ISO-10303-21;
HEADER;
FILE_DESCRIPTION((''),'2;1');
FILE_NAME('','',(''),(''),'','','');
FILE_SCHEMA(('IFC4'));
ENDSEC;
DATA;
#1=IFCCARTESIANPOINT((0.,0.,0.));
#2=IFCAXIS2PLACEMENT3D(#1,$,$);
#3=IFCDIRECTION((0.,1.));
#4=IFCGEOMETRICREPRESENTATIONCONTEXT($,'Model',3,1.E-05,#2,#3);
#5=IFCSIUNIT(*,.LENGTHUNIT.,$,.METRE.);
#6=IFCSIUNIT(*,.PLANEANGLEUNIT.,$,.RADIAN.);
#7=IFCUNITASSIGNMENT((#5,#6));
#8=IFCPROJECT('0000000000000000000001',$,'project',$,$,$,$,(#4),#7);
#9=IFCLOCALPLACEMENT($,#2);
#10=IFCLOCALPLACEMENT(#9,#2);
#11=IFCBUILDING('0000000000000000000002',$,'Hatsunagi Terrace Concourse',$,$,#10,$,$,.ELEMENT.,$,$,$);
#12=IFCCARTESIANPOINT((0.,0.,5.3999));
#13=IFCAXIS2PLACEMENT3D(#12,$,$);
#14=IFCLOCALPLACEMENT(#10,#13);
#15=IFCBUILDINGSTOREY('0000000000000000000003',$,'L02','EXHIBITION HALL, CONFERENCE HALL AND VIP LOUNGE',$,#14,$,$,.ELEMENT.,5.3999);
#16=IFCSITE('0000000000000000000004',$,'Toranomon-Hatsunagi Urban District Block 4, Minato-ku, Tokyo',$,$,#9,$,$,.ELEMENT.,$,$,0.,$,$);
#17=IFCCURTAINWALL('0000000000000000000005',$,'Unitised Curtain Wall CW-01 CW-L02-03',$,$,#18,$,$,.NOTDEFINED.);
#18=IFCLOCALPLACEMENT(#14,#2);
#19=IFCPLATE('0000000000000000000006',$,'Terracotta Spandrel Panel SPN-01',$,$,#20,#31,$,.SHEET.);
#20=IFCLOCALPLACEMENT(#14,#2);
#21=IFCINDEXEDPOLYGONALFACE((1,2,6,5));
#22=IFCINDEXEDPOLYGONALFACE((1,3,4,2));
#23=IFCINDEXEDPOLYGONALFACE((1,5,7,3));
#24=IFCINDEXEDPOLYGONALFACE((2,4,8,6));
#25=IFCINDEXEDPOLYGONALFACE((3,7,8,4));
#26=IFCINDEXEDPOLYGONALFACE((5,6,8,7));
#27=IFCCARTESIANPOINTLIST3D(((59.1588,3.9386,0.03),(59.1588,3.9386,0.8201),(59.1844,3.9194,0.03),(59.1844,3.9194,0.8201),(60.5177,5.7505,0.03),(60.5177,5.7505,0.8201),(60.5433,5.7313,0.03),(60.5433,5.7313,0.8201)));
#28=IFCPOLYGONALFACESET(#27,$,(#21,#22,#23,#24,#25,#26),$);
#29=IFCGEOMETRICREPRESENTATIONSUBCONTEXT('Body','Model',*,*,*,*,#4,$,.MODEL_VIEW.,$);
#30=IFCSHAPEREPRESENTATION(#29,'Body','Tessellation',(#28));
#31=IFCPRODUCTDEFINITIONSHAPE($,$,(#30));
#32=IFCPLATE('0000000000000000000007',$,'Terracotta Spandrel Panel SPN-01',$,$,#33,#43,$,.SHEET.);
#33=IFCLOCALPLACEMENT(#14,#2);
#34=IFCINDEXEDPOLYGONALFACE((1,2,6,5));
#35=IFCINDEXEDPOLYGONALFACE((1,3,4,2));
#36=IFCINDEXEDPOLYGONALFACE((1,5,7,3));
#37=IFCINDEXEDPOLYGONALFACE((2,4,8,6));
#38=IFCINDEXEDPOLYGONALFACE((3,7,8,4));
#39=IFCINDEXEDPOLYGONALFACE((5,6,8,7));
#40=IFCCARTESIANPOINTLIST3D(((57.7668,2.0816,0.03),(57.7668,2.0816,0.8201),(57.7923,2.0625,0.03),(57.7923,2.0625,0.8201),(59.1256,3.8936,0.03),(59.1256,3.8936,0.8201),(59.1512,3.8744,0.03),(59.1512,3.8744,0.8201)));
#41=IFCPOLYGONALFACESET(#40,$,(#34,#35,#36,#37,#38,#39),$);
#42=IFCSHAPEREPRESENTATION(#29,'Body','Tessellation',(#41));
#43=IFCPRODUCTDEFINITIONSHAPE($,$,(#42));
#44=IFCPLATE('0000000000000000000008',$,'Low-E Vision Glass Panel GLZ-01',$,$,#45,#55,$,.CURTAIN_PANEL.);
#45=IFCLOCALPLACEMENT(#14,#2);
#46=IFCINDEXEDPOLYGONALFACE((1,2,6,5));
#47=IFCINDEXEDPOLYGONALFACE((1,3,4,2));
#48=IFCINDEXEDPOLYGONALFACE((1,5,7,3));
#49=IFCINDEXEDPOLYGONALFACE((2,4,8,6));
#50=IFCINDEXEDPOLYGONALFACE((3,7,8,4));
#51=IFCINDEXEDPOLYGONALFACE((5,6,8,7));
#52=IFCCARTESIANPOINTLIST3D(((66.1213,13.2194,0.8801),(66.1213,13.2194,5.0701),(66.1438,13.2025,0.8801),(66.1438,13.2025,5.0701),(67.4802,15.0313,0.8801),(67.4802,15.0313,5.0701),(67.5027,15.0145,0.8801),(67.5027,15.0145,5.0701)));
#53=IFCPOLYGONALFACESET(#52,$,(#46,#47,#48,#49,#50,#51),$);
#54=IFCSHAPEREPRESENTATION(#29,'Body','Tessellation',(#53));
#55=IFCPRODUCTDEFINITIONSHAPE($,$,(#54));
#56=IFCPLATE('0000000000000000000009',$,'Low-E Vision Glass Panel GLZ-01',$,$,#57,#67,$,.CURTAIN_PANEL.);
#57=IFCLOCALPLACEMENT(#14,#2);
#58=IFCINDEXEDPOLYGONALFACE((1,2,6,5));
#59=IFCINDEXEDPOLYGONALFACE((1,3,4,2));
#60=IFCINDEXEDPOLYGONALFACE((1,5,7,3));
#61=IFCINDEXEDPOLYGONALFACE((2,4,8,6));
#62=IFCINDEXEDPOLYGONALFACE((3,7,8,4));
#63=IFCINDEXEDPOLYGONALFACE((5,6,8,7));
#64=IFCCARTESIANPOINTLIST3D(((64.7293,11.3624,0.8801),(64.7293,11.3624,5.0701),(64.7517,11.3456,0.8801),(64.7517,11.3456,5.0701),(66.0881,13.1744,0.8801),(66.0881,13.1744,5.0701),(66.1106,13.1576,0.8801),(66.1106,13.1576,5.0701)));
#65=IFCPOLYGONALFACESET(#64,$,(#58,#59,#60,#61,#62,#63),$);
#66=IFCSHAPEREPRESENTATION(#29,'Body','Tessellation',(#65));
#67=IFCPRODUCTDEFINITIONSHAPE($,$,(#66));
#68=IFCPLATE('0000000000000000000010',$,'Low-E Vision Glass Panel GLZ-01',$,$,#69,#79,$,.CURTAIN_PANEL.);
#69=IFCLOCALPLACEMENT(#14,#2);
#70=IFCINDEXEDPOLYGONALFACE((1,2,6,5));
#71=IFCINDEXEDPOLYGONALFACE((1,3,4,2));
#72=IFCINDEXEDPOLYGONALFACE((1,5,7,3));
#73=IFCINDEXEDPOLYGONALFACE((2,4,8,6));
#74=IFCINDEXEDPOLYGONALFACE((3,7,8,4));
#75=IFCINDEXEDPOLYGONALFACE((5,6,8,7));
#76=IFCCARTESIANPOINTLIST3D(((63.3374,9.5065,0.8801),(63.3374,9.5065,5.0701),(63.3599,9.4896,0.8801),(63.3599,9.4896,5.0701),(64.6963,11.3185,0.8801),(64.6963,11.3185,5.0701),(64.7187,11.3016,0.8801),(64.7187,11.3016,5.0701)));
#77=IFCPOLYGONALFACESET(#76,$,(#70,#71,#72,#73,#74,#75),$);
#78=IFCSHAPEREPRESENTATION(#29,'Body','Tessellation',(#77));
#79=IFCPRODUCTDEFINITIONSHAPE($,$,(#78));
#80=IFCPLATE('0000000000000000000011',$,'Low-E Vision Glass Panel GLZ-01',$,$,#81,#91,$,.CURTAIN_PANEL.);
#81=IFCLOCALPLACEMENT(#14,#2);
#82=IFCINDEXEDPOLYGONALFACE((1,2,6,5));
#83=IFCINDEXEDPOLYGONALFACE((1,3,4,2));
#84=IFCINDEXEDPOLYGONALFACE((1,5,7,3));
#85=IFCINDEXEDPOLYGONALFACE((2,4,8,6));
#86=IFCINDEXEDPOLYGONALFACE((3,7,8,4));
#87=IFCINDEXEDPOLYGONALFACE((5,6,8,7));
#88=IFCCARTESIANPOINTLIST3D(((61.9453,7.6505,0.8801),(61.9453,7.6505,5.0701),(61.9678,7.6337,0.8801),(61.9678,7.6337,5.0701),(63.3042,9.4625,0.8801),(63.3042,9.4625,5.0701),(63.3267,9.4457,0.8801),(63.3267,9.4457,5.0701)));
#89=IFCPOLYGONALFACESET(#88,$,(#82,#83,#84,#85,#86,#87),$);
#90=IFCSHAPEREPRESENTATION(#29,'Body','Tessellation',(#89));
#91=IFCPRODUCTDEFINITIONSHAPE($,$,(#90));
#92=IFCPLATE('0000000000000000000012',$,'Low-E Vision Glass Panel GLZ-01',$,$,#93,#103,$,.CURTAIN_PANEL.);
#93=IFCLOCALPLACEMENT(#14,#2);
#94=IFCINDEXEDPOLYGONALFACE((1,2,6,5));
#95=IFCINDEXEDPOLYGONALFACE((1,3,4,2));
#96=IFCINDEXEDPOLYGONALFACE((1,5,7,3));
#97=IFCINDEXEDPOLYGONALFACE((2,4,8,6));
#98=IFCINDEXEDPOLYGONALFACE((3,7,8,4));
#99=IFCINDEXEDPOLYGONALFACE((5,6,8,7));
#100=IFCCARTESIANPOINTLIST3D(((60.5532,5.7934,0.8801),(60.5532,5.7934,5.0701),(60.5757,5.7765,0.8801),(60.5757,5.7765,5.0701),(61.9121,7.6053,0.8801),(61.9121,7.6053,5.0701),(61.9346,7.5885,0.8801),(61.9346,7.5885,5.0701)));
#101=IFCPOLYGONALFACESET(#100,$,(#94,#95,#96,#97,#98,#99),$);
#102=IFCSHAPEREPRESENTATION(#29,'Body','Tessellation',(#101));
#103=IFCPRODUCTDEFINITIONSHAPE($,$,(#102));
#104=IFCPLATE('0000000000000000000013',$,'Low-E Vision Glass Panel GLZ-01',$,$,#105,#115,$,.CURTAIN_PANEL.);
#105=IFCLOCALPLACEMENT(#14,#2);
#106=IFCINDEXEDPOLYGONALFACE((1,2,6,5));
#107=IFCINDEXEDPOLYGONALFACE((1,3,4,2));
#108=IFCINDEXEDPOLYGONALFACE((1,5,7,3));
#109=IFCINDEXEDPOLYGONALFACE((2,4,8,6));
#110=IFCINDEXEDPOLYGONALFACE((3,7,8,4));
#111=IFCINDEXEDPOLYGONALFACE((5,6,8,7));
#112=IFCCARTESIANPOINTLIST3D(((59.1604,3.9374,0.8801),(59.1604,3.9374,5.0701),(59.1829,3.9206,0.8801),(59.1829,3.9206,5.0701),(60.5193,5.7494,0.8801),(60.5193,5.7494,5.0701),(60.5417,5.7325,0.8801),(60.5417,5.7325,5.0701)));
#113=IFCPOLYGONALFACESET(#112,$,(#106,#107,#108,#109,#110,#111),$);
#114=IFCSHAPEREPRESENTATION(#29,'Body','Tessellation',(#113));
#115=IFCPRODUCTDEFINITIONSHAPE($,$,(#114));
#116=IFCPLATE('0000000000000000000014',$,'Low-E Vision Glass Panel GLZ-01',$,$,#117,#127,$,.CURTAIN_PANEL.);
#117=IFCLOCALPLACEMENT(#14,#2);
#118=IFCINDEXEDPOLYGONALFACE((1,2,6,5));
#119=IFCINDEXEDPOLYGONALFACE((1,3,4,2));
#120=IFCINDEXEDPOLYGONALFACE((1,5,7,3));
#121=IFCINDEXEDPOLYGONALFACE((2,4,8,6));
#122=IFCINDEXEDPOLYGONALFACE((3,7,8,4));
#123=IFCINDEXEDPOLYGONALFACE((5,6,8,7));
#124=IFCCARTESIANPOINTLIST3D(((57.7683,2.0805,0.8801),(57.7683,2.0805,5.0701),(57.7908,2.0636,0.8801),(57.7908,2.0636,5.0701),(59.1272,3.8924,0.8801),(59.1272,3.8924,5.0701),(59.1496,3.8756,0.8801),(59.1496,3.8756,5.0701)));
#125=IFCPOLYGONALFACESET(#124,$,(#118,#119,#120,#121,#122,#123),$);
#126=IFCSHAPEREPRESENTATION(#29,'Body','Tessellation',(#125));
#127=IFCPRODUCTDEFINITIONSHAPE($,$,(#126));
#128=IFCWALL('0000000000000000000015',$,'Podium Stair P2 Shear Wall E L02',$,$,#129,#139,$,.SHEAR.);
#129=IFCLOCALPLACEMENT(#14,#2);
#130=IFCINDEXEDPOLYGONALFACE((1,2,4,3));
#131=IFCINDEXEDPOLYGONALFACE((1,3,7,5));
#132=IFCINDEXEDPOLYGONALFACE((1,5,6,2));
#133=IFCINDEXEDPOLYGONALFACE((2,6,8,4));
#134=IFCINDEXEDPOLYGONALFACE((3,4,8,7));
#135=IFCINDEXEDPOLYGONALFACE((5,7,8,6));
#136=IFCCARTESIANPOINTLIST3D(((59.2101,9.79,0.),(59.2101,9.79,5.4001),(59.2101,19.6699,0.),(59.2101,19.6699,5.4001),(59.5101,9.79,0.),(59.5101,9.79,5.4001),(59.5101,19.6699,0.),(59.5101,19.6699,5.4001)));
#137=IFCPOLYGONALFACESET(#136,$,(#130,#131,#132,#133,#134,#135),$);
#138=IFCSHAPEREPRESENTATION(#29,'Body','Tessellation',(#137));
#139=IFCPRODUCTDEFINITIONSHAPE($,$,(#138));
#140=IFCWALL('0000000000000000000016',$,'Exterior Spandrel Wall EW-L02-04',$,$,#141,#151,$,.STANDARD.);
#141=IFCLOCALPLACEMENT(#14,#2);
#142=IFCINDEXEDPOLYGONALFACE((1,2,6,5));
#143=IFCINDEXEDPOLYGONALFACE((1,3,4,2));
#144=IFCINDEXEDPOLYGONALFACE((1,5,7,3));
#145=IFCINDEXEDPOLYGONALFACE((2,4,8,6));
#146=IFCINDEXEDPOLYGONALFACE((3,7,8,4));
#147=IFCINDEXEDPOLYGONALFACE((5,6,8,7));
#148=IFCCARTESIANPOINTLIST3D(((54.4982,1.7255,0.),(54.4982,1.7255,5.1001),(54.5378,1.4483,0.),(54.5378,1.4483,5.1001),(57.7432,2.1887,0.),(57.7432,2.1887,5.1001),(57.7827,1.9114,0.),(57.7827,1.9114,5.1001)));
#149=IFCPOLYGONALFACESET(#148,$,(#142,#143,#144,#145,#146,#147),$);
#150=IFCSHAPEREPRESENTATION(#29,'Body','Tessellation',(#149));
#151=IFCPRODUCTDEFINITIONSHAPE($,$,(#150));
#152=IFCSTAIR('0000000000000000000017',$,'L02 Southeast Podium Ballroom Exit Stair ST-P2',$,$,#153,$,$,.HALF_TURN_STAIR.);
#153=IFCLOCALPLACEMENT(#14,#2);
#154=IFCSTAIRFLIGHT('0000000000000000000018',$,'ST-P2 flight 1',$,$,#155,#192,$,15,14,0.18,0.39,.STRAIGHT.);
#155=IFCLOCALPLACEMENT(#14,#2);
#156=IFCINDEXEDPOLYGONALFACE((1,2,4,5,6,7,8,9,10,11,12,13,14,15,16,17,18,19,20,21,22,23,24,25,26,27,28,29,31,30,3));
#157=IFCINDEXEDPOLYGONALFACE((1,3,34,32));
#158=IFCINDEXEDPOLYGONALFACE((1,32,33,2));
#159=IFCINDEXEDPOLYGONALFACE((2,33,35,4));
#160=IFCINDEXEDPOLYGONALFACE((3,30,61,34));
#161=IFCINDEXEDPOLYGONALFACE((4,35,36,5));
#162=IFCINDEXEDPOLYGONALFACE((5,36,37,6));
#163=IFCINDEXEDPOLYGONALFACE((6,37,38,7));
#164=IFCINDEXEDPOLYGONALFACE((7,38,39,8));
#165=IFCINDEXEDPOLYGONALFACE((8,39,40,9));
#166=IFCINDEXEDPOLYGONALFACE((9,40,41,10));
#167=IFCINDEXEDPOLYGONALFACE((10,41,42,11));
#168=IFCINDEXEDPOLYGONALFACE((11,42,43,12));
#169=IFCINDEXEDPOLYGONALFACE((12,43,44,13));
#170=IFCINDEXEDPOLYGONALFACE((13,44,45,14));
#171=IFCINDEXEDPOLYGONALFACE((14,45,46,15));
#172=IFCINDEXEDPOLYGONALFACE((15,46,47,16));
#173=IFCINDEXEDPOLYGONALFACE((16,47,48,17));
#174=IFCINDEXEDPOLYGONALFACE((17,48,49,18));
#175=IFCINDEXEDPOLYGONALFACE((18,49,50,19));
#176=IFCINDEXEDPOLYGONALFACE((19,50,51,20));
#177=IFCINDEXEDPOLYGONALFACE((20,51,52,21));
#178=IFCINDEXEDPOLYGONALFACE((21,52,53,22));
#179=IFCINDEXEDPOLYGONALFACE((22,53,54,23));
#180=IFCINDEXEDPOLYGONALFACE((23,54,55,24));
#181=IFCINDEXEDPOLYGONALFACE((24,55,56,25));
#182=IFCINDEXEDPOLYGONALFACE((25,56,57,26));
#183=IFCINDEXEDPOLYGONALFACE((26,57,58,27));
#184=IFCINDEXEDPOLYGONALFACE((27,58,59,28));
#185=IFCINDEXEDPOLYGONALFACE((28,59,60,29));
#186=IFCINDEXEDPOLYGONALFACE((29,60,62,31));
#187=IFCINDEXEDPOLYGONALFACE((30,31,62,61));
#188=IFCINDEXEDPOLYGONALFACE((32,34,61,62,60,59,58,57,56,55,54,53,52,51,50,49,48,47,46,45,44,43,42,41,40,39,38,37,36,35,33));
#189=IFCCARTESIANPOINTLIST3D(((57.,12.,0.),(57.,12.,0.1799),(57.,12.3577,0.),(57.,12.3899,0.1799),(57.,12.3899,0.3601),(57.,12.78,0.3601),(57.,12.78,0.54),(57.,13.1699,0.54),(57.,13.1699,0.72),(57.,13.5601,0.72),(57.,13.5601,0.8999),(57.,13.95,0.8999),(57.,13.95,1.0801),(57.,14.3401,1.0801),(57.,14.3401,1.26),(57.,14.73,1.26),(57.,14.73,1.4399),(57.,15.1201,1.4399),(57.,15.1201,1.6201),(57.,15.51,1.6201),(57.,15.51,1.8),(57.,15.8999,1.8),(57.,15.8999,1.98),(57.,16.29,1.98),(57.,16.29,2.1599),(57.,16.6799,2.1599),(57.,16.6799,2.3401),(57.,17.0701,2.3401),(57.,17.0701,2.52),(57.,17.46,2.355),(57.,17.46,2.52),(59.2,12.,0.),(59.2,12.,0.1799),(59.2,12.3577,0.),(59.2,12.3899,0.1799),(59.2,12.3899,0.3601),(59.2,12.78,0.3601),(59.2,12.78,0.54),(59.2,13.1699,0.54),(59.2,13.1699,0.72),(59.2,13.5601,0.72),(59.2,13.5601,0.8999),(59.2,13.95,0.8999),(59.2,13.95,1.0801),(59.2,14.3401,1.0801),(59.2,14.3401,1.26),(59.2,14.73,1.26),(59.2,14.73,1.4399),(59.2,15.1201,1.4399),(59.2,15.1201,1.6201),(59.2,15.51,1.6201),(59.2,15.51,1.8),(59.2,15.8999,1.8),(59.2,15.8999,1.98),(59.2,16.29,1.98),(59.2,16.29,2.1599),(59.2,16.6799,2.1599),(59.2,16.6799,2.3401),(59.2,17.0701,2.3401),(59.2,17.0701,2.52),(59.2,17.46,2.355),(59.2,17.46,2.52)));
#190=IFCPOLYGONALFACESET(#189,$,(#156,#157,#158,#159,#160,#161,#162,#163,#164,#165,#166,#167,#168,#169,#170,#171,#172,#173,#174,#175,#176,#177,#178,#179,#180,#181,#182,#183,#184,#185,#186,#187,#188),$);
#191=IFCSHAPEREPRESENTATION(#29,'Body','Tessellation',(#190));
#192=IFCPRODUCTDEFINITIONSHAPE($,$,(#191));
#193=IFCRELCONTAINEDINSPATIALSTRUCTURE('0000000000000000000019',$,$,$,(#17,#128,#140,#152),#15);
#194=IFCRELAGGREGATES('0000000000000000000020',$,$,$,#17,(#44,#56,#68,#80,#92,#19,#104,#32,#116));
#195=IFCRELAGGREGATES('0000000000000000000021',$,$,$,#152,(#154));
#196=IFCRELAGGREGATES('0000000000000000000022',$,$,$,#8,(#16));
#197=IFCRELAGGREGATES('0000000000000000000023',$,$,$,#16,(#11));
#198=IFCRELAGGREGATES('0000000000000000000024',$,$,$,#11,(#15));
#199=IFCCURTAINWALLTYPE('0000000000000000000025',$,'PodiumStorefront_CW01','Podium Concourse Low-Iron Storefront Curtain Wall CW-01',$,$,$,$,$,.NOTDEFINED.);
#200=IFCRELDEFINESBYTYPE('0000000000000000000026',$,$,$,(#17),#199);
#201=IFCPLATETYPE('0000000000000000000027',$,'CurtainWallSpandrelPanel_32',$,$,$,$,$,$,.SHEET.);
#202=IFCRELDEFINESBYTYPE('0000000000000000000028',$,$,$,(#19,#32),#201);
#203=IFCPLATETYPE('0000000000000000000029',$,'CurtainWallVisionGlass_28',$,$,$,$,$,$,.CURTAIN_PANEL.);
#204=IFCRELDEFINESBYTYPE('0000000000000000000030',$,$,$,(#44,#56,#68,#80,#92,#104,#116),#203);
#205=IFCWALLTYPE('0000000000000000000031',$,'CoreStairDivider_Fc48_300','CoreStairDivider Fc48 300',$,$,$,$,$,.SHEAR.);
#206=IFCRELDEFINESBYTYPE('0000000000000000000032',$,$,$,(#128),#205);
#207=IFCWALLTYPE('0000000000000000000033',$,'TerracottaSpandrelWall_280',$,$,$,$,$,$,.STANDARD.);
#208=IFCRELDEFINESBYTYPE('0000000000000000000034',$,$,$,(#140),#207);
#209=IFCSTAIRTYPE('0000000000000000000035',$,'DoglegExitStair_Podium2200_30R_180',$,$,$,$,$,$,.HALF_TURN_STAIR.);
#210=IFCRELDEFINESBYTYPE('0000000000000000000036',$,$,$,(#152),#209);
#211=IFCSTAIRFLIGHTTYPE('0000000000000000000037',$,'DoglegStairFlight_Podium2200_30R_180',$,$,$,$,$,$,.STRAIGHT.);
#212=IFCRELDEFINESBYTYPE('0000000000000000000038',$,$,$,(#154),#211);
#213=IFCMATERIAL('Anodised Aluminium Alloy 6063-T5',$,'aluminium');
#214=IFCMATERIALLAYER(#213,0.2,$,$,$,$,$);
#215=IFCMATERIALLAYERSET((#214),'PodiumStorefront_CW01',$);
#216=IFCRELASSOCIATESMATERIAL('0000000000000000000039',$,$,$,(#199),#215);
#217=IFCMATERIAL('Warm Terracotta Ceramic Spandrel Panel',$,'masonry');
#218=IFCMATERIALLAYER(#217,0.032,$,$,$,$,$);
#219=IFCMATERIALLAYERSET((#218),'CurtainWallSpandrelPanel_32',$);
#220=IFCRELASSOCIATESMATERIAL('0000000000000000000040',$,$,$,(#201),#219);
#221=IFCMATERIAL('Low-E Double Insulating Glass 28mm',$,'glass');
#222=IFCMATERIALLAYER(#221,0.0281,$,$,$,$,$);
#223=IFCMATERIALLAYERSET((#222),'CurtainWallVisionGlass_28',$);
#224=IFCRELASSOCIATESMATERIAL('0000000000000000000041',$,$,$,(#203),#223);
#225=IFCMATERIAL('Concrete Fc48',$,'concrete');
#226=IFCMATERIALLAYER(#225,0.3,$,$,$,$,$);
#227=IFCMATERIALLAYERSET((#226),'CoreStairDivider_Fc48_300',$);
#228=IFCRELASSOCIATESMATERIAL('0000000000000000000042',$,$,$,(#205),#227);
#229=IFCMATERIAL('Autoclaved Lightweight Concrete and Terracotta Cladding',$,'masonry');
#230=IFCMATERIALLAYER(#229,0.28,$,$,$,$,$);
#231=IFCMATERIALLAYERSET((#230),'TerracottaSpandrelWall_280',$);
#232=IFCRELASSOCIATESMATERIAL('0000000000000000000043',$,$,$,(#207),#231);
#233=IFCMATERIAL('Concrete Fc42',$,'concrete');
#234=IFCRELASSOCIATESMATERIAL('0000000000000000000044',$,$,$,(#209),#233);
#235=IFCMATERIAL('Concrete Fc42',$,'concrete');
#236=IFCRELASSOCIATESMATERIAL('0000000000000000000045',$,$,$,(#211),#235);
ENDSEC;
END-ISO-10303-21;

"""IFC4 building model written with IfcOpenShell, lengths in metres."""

from ifc_helpers import new_model, si_unit, direction, frame, frame_2d, origin, origin_2d, place, context, subcontext, project, spatial, polyline, rectangle, outline, extrude, material, layer, layer_set, type_object, element, aggregate, save


model = new_model("IFC4")

# Units and contexts
model_context = context("Model", 3, precision=1e-05, world=origin(), true_north=direction((0.0, 1.0)))
body_context = subcontext(model_context, "Body", "Model", "MODEL_VIEW")
ifc_project = project(units=[si_unit("LENGTHUNIT", "METRE"), si_unit("PLANEANGLEUNIT", "RADIAN")], contexts=[model_context])

# Site, building, storey
site_placement = place(None, origin())
site = spatial("IfcSite", under=ifc_project, at=site_placement, Name="Toranomon-Hatsunagi Urban District Block 4, Minato-ku, Tokyo", CompositionType="ELEMENT", RefElevation=0.0)
building_placement = place(site_placement, origin())
building = spatial("IfcBuilding", under=site, at=building_placement, Name="Hatsunagi Terrace Concourse", CompositionType="ELEMENT")
storey_placement = place(building_placement, frame((0.0, 0.0, 5.3999)))
storey = spatial("IfcBuildingStorey", under=building, at=storey_placement, Name="L02", Description="EXHIBITION HALL, CONFERENCE HALL AND VIP LOUNGE", CompositionType="ELEMENT", Elevation=5.3999)

# Curtain wall, plates
ifc_material_1 = material(Name="Anodised Aluminium Alloy 6063-T5", Category="aluminium")
ifc_layer_1 = layer(ifc_material_1, 0.2)
ifc_layer_set_1 = layer_set([ifc_layer_1], Name="PodiumStorefront_CW01")
curtain_wall_type = type_object("IfcCurtainWallType", Name="PodiumStorefront_CW01", Description="Podium Concourse Low-Iron Storefront Curtain Wall CW-01", PredefinedType="NOTDEFINED", material=ifc_layer_set_1)
curtain_wall_placement = place(storey_placement, origin())
curtain_wall = element("IfcCurtainWall", 1, at=curtain_wall_placement, inside=storey, type_object=curtain_wall_type, Name="Unitised Curtain Wall CW-01 CW-L02-03", PredefinedType="NOTDEFINED")
ifc_material_2 = material(Name="Warm Terracotta Ceramic Spandrel Panel", Category="masonry")
ifc_layer_2 = layer(ifc_material_2, 0.032)
ifc_layer_set_2 = layer_set([ifc_layer_2], Name="CurtainWallSpandrelPanel_32")
plate_type_1 = type_object("IfcPlateType", Name="CurtainWallSpandrelPanel_32", PredefinedType="SHEET", material=ifc_layer_set_2)
plate_1_placement = place(storey_placement, frame((59.8511, 4.835, 0.03), z_axis=(0.0, 0.0, 1.0), x_axis=(-0.599969, -0.800023, 0.0)))
plate_1 = element("IfcPlate", 2, at=plate_1_placement, type_object=plate_type_1, Name="Terracotta Spandrel Panel SPN-01", PredefinedType="SHEET", context=body_context, shape_type="SweptSolid", body=[
    extrude(rectangle(XDim=2.2649, YDim=0.032, at=origin_2d()), origin(), (0.0, 0.0, 1.0), 0.79),
])
plate_2_placement = place(storey_placement, frame((58.459, 2.978, 0.03), z_axis=(0.0, 0.0, 1.0), x_axis=(-0.599969, -0.800023, 0.0)))
plate_2 = element("IfcPlate", 3, at=plate_2_placement, type_object=plate_type_1, Name="Terracotta Spandrel Panel SPN-01", PredefinedType="SHEET", context=body_context, shape_type="SweptSolid", body=[
    extrude(rectangle(XDim=2.2649, YDim=0.032, at=origin_2d()), origin(), (0.0, 0.0, 1.0), 0.79),
])
ifc_material_3 = material(Name="Low-E Double Insulating Glass 28mm", Category="glass")
ifc_layer_3 = layer(ifc_material_3, 0.0281)
ifc_layer_set_3 = layer_set([ifc_layer_3], Name="CurtainWallVisionGlass_28")
plate_type_2 = type_object("IfcPlateType", Name="CurtainWallVisionGlass_28", PredefinedType="CURTAIN_PANEL", material=ifc_layer_set_3)
plate_3_placement = place(storey_placement, frame((66.812, 14.1169, 0.8801), z_axis=(0.0, 0.0, 1.0), x_axis=(-0.599969, -0.800023, 0.0)))
plate_3 = element("IfcPlate", 4, at=plate_3_placement, type_object=plate_type_2, Name="Low-E Vision Glass Panel GLZ-01", PredefinedType="CURTAIN_PANEL", context=body_context, shape_type="SweptSolid", body=[
    extrude(rectangle(XDim=2.2649, YDim=0.0281, at=origin_2d()), origin(), (0.0, 0.0, 1.0), 4.1899),
])
plate_4_placement = place(storey_placement, frame((65.4199, 12.26, 0.8801), z_axis=(0.0, 0.0, 1.0), x_axis=(-0.599969, -0.800023, 0.0)))
plate_4 = element("IfcPlate", 5, at=plate_4_placement, type_object=plate_type_2, Name="Low-E Vision Glass Panel GLZ-01", PredefinedType="CURTAIN_PANEL", context=body_context, shape_type="SweptSolid", body=[
    extrude(rectangle(XDim=2.2649, YDim=0.0281, at=origin_2d()), origin(), (0.0, 0.0, 1.0), 4.1899),
])
plate_5_placement = place(storey_placement, frame((64.0281, 10.4041, 0.8801), z_axis=(0.0, 0.0, 1.0), x_axis=(-0.599969, -0.800023, 0.0)))
plate_5 = element("IfcPlate", 6, at=plate_5_placement, type_object=plate_type_2, Name="Low-E Vision Glass Panel GLZ-01", PredefinedType="CURTAIN_PANEL", context=body_context, shape_type="SweptSolid", body=[
    extrude(rectangle(XDim=2.2649, YDim=0.0281, at=origin_2d()), origin(), (0.0, 0.0, 1.0), 4.1899),
])
plate_6_placement = place(storey_placement, frame((62.636, 8.5481, 0.8801), z_axis=(0.0, 0.0, 1.0), x_axis=(-0.599969, -0.800023, 0.0)))
plate_6 = element("IfcPlate", 7, at=plate_6_placement, type_object=plate_type_2, Name="Low-E Vision Glass Panel GLZ-01", PredefinedType="CURTAIN_PANEL", context=body_context, shape_type="SweptSolid", body=[
    extrude(rectangle(XDim=2.2649, YDim=0.0281, at=origin_2d()), origin(), (0.0, 0.0, 1.0), 4.1899),
])
plate_7_placement = place(storey_placement, frame((61.2439, 6.6909, 0.8801), z_axis=(0.0, 0.0, 1.0), x_axis=(-0.599969, -0.800023, 0.0)))
plate_7 = element("IfcPlate", 8, at=plate_7_placement, type_object=plate_type_2, Name="Low-E Vision Glass Panel GLZ-01", PredefinedType="CURTAIN_PANEL", context=body_context, shape_type="SweptSolid", body=[
    extrude(rectangle(XDim=2.2649, YDim=0.0281, at=origin_2d()), origin(), (0.0, 0.0, 1.0), 4.1899),
])
plate_8_placement = place(storey_placement, frame((59.8511, 4.835, 0.8801), z_axis=(0.0, 0.0, 1.0), x_axis=(-0.599969, -0.800023, 0.0)))
plate_8 = element("IfcPlate", 9, at=plate_8_placement, type_object=plate_type_2, Name="Low-E Vision Glass Panel GLZ-01", PredefinedType="CURTAIN_PANEL", context=body_context, shape_type="SweptSolid", body=[
    extrude(rectangle(XDim=2.2649, YDim=0.0281, at=origin_2d()), origin(), (0.0, 0.0, 1.0), 4.1899),
])
plate_9_placement = place(storey_placement, frame((58.459, 2.978, 0.8801), z_axis=(0.0, 0.0, 1.0), x_axis=(-0.599969, -0.800023, 0.0)))
plate_9 = element("IfcPlate", 10, at=plate_9_placement, type_object=plate_type_2, Name="Low-E Vision Glass Panel GLZ-01", PredefinedType="CURTAIN_PANEL", context=body_context, shape_type="SweptSolid", body=[
    extrude(rectangle(XDim=2.2649, YDim=0.0281, at=origin_2d()), origin(), (0.0, 0.0, 1.0), 4.1899),
])
aggregate(curtain_wall, [plate_3, plate_4, plate_5, plate_6, plate_7, plate_1, plate_8, plate_2, plate_9])

# Walls
ifc_material_4 = material(Name="Concrete Fc48", Category="concrete")
ifc_layer_4 = layer(ifc_material_4, 0.3)
ifc_layer_set_4 = layer_set([ifc_layer_4], Name="CoreStairDivider_Fc48_300")
wall_type_1 = type_object("IfcWallType", Name="CoreStairDivider_Fc48_300", Description="CoreStairDivider Fc48 300", PredefinedType="SHEAR", material=ifc_layer_set_4)
wall_1_placement = place(storey_placement, frame((59.3601, 9.79, 0.0), z_axis=(0.0, 0.0, 1.0), x_axis=(0.0, 1.0, 0.0)))
element("IfcWall", 11, at=wall_1_placement, inside=storey, type_object=wall_type_1, Name="Podium Stair P2 Shear Wall E L02", PredefinedType="SHEAR", context=body_context, shape_type="SweptSolid", body=[
    extrude(rectangle(XDim=9.8799, YDim=0.3, at=frame_2d((4.9399, 0.0))), origin(), (0.0, 0.0, 1.0), 5.4001),
])
ifc_material_5 = material(Name="Autoclaved Lightweight Concrete and Terracotta Cladding", Category="masonry")
ifc_layer_5 = layer(ifc_material_5, 0.28)
ifc_layer_set_5 = layer_set([ifc_layer_5], Name="TerracottaSpandrelWall_280")
wall_type_2 = type_object("IfcWallType", Name="TerracottaSpandrelWall_280", PredefinedType="STANDARD", material=ifc_layer_set_5)
wall_2_placement = place(storey_placement, frame((57.7629, 2.05, 0.0), z_axis=(0.0, 0.0, 1.0), x_axis=(-0.989967, -0.141296, 0.0)))
element("IfcWall", 12, at=wall_2_placement, inside=storey, type_object=wall_type_2, Name="Exterior Spandrel Wall EW-L02-04", PredefinedType="STANDARD", context=body_context, shape_type="SweptSolid", body=[
    extrude(rectangle(XDim=3.2778, YDim=0.28, at=frame_2d((1.6389, 0.0))), origin(), (0.0, 0.0, 1.0), 5.1001),
])

# Stair, stair flight
ifc_material_6 = material(Name="Concrete Fc42", Category="concrete")
stair_type = type_object("IfcStairType", Name="DoglegExitStair_Podium2200_30R_180", PredefinedType="HALF_TURN_STAIR", material=ifc_material_6)
stair_placement = place(storey_placement, origin())
stair = element("IfcStair", 13, at=stair_placement, inside=storey, type_object=stair_type, Name="L02 Southeast Podium Ballroom Exit Stair ST-P2", PredefinedType="HALF_TURN_STAIR")
ifc_material_7 = material(Name="Concrete Fc42", Category="concrete")
stair_flight_type = type_object("IfcStairFlightType", Name="DoglegStairFlight_Podium2200_30R_180", PredefinedType="STRAIGHT", material=ifc_material_7)
stair_flight_placement = place(storey_placement, frame((58.1001, 12.0, 0.0), z_axis=(0.0, 0.0, 1.0), x_axis=(0.0, 1.0, 0.0)))
stair_flight = element("IfcStairFlight", 14, at=stair_flight_placement, type_object=stair_flight_type, Name="ST-P2 flight 1", NumberOfRisers=15, NumberOfTreads=14, PredefinedType="STRAIGHT", RiserHeight=0.18, TreadLength=0.39, context=body_context, shape_type="SweptSolid", body=[
    extrude(outline(polyline([(0.0, 0.0), (0.0, 0.1799), (0.3899, 0.1799), (0.3899, 0.3601), (0.78, 0.3601), (0.78, 0.54), (1.1699, 0.54), (1.1699, 0.72), (1.5601, 0.72), (1.5601, 0.8999), (1.95, 0.8999), (1.95, 1.0801), (2.3401, 1.0801), (2.3401, 1.26), (2.73, 1.26), (2.73, 1.4399), (3.1201, 1.4399), (3.1201, 1.6201), (3.51, 1.6201), (3.51, 1.8), (3.8999, 1.8), (3.8999, 1.98), (4.29, 1.98), (4.29, 2.1599), (4.6799, 2.1599), (4.6799, 2.3401), (5.0701, 2.3401), (5.0701, 2.52), (5.46, 2.52), (5.46, 2.7), (5.46, 2.355), (0.3577, 0.0), (0.0, 0.0)])), frame((0.0, 1.1001, 0.0), z_axis=(0.0, -1.0, 0.0), x_axis=(1.0, 0.0, 0.0)), (0.0, 0.0, 1.0), 2.2),
])
aggregate(stair, [stair_flight])

save(model, "model.ifc")
